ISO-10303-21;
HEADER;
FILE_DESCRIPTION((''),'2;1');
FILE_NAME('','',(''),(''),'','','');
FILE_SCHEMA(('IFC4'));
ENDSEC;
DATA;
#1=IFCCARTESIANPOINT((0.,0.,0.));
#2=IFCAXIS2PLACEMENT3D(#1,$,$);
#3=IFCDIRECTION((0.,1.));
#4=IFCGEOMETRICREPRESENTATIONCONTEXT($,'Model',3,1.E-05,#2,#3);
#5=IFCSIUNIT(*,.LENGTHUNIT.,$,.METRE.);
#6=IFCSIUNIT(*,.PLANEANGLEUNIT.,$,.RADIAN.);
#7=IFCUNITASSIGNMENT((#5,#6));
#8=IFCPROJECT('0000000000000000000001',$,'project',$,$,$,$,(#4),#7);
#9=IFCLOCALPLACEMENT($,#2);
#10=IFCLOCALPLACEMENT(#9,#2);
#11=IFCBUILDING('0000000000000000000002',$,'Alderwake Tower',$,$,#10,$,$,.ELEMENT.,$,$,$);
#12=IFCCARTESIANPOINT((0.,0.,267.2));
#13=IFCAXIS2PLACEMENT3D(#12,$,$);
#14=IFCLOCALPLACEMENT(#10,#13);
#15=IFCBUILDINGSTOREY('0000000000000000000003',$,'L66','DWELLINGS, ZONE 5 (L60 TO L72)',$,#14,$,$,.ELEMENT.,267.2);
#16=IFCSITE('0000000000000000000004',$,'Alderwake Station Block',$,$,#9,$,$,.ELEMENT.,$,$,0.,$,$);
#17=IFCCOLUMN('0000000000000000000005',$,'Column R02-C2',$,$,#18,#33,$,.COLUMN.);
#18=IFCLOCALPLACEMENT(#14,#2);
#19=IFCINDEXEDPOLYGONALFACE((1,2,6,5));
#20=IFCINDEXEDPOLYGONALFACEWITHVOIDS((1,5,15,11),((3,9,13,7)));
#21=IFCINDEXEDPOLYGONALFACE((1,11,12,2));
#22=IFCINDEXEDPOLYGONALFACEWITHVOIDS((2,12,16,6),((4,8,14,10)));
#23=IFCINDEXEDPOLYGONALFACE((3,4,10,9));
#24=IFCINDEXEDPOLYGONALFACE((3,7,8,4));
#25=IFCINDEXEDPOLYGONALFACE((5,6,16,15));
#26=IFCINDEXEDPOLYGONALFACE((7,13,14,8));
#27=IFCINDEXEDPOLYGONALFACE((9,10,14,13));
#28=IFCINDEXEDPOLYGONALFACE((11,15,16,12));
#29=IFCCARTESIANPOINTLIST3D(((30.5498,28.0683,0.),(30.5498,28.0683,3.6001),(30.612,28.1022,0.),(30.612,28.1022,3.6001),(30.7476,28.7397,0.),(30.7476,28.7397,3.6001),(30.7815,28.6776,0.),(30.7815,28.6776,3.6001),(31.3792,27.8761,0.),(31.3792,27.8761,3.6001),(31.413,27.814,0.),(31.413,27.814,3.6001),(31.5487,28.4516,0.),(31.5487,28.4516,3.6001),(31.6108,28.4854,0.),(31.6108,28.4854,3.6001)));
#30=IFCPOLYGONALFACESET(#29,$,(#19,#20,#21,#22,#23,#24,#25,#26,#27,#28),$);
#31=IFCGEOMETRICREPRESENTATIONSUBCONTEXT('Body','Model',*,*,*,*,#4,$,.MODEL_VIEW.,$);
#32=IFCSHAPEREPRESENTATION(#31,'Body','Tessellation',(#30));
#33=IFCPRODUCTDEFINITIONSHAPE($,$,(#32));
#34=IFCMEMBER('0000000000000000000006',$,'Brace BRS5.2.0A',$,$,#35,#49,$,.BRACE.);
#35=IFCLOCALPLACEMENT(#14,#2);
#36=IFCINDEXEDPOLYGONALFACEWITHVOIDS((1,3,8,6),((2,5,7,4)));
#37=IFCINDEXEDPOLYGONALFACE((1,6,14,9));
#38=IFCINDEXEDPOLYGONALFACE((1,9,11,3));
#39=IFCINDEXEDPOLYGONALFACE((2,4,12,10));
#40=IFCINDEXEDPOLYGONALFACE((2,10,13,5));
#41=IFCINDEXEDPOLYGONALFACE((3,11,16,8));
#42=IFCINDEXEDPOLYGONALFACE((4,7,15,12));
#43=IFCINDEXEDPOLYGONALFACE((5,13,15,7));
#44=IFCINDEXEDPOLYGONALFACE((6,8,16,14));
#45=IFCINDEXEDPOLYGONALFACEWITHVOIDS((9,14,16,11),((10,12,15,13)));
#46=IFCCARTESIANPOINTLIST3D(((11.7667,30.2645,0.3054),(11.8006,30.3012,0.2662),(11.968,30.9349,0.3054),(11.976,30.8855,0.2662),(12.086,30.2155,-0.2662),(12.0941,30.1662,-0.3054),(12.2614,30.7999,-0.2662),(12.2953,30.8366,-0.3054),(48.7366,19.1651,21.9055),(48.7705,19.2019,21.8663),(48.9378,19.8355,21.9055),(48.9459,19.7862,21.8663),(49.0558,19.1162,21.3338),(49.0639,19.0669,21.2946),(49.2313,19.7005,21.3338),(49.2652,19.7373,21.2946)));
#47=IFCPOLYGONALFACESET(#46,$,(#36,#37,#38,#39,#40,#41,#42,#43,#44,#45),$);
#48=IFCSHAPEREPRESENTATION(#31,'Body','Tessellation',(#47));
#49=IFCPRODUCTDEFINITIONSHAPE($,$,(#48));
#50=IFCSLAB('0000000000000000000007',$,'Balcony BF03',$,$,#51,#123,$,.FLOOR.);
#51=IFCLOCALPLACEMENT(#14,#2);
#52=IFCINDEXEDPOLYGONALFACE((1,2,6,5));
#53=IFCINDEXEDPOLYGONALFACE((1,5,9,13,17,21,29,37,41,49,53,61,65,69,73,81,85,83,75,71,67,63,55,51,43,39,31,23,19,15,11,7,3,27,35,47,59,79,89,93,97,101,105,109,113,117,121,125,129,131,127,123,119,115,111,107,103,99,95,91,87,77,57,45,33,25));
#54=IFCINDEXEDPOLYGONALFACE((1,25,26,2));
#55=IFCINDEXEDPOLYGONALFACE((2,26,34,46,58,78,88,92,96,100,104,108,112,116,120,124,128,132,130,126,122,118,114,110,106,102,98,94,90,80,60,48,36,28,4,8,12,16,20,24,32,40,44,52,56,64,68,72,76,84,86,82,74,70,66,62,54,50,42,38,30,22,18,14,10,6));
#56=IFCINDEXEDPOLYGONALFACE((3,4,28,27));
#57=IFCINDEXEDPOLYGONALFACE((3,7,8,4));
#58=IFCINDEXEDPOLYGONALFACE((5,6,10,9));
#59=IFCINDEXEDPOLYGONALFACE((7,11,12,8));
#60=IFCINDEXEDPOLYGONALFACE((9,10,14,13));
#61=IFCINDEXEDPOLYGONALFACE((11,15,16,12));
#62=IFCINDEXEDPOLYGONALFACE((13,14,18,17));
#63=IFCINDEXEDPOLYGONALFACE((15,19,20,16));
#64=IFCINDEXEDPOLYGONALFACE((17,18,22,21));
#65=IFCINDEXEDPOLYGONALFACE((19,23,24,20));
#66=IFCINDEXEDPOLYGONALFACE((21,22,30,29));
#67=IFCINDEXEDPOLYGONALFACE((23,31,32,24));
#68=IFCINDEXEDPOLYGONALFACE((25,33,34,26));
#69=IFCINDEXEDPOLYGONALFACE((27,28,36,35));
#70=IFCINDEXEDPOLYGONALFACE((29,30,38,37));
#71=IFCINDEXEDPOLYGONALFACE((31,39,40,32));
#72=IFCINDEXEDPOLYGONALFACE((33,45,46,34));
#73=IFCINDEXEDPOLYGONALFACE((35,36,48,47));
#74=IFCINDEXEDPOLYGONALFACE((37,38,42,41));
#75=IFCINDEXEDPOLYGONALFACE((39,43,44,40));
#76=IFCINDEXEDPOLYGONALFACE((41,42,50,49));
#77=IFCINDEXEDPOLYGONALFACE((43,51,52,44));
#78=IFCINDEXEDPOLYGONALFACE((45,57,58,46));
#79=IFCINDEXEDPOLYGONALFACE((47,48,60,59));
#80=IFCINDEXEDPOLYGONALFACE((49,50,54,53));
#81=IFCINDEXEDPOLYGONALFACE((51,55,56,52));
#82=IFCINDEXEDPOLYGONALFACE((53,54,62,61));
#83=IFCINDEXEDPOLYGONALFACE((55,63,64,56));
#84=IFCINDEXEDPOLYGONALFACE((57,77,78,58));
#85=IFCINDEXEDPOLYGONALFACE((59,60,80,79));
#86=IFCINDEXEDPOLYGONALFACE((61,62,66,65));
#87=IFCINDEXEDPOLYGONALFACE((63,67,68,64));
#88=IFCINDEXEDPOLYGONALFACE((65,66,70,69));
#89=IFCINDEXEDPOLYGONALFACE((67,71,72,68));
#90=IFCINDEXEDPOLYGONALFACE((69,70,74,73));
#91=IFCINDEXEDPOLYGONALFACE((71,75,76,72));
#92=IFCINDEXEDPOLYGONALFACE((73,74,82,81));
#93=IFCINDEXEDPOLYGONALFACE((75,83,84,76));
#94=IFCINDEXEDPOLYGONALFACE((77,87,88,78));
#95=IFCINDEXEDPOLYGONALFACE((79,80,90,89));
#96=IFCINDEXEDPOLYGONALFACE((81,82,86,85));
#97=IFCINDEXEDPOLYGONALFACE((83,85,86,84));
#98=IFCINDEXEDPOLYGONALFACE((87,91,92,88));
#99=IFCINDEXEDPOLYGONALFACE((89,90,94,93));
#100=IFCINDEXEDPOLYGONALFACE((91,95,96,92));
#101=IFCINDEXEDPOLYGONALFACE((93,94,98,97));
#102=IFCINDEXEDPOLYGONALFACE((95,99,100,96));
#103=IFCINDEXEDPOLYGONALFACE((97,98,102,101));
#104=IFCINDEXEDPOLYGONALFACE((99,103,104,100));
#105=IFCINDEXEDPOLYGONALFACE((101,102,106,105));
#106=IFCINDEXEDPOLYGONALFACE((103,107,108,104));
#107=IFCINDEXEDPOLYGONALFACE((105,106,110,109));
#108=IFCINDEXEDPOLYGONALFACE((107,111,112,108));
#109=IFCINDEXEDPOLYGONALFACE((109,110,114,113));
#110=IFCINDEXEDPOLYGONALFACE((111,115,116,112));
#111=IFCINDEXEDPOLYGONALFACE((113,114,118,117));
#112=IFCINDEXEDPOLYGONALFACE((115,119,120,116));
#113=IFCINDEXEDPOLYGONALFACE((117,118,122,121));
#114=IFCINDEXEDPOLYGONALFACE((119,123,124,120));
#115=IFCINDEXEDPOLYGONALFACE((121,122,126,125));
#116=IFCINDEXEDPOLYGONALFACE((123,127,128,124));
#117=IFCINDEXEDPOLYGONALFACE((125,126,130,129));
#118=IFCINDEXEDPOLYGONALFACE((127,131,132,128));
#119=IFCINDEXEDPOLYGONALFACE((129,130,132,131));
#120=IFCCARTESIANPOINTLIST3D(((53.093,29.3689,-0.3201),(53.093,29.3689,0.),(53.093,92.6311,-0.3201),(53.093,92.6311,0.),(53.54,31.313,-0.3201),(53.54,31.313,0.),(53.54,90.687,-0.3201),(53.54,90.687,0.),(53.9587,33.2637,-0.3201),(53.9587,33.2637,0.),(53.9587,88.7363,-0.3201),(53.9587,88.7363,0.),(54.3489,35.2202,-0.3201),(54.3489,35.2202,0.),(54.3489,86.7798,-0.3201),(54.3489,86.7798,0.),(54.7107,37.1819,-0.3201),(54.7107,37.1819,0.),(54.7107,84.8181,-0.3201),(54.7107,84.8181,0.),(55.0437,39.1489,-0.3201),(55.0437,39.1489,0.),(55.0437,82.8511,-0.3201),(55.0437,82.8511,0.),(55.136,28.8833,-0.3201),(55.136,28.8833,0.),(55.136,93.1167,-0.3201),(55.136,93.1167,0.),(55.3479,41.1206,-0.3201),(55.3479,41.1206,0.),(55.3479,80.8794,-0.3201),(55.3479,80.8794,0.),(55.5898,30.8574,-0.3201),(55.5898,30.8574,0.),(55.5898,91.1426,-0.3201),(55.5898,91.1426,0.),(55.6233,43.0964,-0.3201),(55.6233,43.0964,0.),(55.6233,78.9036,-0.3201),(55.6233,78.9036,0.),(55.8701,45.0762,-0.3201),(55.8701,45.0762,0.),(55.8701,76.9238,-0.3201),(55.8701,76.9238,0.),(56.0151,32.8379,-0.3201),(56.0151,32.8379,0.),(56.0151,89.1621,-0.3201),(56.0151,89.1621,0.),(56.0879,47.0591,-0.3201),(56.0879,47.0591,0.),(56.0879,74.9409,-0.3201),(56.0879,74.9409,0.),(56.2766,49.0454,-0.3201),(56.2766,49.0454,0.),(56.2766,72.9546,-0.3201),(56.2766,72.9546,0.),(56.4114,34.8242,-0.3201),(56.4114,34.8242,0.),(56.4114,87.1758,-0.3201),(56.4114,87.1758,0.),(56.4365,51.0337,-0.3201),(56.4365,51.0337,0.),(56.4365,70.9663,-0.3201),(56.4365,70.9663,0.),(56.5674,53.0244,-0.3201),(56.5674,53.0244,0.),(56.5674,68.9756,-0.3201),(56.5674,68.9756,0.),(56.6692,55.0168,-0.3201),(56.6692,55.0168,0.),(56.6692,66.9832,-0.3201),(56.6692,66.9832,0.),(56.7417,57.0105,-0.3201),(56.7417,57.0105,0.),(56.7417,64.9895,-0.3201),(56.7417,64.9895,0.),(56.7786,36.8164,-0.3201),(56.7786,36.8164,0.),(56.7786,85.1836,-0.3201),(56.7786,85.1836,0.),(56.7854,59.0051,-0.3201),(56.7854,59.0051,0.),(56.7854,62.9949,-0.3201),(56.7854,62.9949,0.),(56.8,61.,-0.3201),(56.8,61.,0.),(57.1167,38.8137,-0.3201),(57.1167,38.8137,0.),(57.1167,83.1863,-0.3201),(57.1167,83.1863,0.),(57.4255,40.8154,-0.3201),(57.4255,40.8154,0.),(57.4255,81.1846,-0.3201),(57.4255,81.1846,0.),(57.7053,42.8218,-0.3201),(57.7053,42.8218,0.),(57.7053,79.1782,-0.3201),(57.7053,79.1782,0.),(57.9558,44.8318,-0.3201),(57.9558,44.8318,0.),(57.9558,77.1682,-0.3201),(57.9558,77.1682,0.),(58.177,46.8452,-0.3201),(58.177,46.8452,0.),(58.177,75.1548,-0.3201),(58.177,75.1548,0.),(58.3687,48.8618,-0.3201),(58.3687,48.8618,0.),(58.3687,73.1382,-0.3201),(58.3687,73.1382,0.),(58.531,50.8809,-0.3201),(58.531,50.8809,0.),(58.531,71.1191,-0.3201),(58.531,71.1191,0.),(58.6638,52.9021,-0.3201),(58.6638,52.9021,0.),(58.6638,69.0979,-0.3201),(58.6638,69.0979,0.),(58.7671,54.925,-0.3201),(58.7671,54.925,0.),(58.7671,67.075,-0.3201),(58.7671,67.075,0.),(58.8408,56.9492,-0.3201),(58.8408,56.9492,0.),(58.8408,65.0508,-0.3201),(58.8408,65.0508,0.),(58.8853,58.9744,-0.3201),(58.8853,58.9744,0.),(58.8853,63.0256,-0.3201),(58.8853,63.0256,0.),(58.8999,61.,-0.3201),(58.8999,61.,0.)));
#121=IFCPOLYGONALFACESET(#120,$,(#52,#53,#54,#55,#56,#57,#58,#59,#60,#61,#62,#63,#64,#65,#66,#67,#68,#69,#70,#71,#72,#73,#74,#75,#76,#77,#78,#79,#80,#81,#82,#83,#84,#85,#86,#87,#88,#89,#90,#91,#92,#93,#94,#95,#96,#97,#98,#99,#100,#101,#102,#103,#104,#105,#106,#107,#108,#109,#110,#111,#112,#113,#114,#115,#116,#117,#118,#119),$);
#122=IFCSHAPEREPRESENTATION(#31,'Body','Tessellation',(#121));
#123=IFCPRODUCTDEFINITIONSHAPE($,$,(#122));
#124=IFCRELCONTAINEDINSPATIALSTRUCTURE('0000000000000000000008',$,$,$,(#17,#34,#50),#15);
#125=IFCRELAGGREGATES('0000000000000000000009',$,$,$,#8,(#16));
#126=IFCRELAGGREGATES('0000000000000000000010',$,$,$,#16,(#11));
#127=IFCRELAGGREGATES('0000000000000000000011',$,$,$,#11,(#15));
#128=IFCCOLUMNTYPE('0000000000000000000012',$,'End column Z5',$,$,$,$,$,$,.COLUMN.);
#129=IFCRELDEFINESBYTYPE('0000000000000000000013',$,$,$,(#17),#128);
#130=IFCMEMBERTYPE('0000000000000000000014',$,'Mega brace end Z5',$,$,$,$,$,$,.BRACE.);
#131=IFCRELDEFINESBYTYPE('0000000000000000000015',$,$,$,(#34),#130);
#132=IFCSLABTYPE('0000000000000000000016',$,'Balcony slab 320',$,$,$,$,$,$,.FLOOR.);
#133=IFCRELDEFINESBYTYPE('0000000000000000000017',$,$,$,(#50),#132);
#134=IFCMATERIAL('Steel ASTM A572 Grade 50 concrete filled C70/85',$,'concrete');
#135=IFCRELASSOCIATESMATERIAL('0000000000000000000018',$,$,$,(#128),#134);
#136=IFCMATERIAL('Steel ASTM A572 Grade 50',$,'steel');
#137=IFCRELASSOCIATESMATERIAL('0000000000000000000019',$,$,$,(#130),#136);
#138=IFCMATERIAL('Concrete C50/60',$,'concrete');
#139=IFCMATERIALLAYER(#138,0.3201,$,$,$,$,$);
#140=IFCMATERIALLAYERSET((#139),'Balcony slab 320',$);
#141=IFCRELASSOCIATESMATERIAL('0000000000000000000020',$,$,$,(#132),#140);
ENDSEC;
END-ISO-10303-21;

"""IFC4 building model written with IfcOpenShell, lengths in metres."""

from ifc_helpers import new_model, si_unit, direction, frame, origin, origin_2d, place, context, subcontext, project, spatial, polyline, hollow_rectangle, outline, extrude, material, layer, layer_set, material_profile, profile_set, type_object, element, save


model = new_model("IFC4")

# Units and contexts
model_context = context("Model", 3, precision=1e-05, world=origin(), true_north=direction((0.0, 1.0)))
body_context = subcontext(model_context, "Body", "Model", "MODEL_VIEW")
ifc_project = project(units=[si_unit("LENGTHUNIT", "METRE"), si_unit("PLANEANGLEUNIT", "RADIAN")], contexts=[model_context])

# Site, building, storey
site_placement = place(None, origin())
site = spatial("IfcSite", under=ifc_project, at=site_placement, Name="Alderwake Station Block", CompositionType="ELEMENT", RefElevation=0.0)
building_placement = place(site_placement, origin())
building = spatial("IfcBuilding", under=site, at=building_placement, Name="Alderwake Tower", CompositionType="ELEMENT")
storey_placement = place(building_placement, frame((0.0, 0.0, 267.2)))
storey = spatial("IfcBuildingStorey", under=building, at=storey_placement, Name="L66", Description="DWELLINGS, ZONE 5 (L60 TO L72)", CompositionType="ELEMENT", Elevation=267.2)

# Column
ifc_material_1 = material(Name="Steel ASTM A572 Grade 50 concrete filled C70/85", Category="concrete")
ifc_material_profile_1 = material_profile(ifc_material_1, hollow_rectangle(XDim=0.7, YDim=0.8999, WallThickness=0.05, at=origin_2d()), Name="BOX 900X700X50")
ifc_profile_set_1 = profile_set([ifc_material_profile_1], Name="Steel ASTM A572 Grade 50 concrete filled C70/85")
column_type = type_object("IfcColumnType", Name="End column Z5", PredefinedType="COLUMN", material=ifc_profile_set_1)
column_placement = place(storey_placement, frame((31.0803, 28.2769, 0.0), z_axis=(0.0, 0.0, 1.0), x_axis=(0.282583, 0.959243, 0.0)))
element("IfcColumn", 1, at=column_placement, inside=storey, type_object=column_type, Name="Column R02-C2", PredefinedType="COLUMN", context=body_context, shape_type="SweptSolid", body=[
    extrude(hollow_rectangle(XDim=0.7, YDim=0.8999, WallThickness=0.05, at=origin_2d()), origin(), (0.0, 0.0, 1.0), 3.6001),
])

# Member
ifc_material_2 = material(Name="Steel ASTM A572 Grade 50", Category="steel")
ifc_material_profile_2 = material_profile(ifc_material_2, hollow_rectangle(XDim=0.7, YDim=0.7, WallThickness=0.0449, at=origin_2d()), Name="BOX 700X700X45")
ifc_profile_set_2 = profile_set([ifc_material_profile_2], Name="Steel ASTM A572 Grade 50")
member_type = type_object("IfcMemberType", Name="Mega brace end Z5", PredefinedType="BRACE", material=ifc_profile_set_2)
member_placement = place(storey_placement, frame((12.031, 30.5505, 0.0), z_axis=(0.835805, -0.250931, 0.488328), x_axis=(0.287547, 0.957767, 0.0)))
element("IfcMember", 2, at=member_placement, inside=storey, type_object=member_type, Name="Brace BRS5.2.0A", PredefinedType="BRACE", context=body_context, shape_type="SweptSolid", body=[
    extrude(hollow_rectangle(XDim=0.7, YDim=0.7, WallThickness=0.0449, at=origin_2d()), origin(), (0.0, 0.0, 1.0), 44.2327),
])

# Slab
ifc_material_3 = material(Name="Concrete C50/60", Category="concrete")
ifc_layer_1 = layer(ifc_material_3, 0.3201)
ifc_layer_set_1 = layer_set([ifc_layer_1], Name="Balcony slab 320")
slab_type_1 = type_object("IfcSlabType", Name="Balcony slab 320", PredefinedType="FLOOR", material=ifc_layer_set_1)
slab_1_placement = place(storey_placement, frame((0.0, 0.0, -0.3201)))
element("IfcSlab", 3, at=slab_1_placement, inside=storey, type_object=slab_type_1, Name="Balcony BF03", PredefinedType="FLOOR", context=body_context, shape_type="SweptSolid", body=[
    extrude(outline(polyline([(55.136, 28.8833), (55.5898, 30.8574), (56.0151, 32.8379), (56.4114, 34.8242), (56.7786, 36.8164), (57.1167, 38.8137), (57.4255, 40.8154), (57.7053, 42.8218), (57.9558, 44.8318), (58.177, 46.8452), (58.3687, 48.8618), (58.531, 50.8809), (58.6638, 52.9021), (58.7671, 54.925), (58.8408, 56.9492), (58.8853, 58.9744), (58.8999, 61.0), (58.8853, 63.0256), (58.8408, 65.0508), (58.7671, 67.075), (58.6638, 69.0979), (58.531, 71.1191), (58.3687, 73.1382), (58.177, 75.1548), (57.9558, 77.1682), (57.7053, 79.1782), (57.4255, 81.1846), (57.1167, 83.1863), (56.7786, 85.1836), (56.4114, 87.1758), (56.0151, 89.1621), (55.5898, 91.1426), (55.136, 93.1167), (53.093, 92.6311), (53.54, 90.687), (53.9587, 88.7363), (54.3489, 86.7798), (54.7107, 84.8181), (55.0437, 82.8511), (55.3479, 80.8794), (55.6233, 78.9036), (55.8701, 76.9238), (56.0879, 74.9409), (56.2766, 72.9546), (56.4365, 70.9663), (56.5674, 68.9756), (56.6692, 66.9832), (56.7417, 64.9895), (56.7854, 62.9949), (56.8, 61.0), (56.7854, 59.0051), (56.7417, 57.0105), (56.6692, 55.0168), (56.5674, 53.0244), (56.4365, 51.0337), (56.2766, 49.0454), (56.0879, 47.0591), (55.8701, 45.0762), (55.6233, 43.0964), (55.3479, 41.1206), (55.0437, 39.1489), (54.7107, 37.1819), (54.3489, 35.2202), (53.9587, 33.2637), (53.54, 31.313), (53.093, 29.3689), (55.136, 28.8833)])), origin(), (0.0, 0.0, 1.0), 0.3201),
])

save(model, "model.ifc")
